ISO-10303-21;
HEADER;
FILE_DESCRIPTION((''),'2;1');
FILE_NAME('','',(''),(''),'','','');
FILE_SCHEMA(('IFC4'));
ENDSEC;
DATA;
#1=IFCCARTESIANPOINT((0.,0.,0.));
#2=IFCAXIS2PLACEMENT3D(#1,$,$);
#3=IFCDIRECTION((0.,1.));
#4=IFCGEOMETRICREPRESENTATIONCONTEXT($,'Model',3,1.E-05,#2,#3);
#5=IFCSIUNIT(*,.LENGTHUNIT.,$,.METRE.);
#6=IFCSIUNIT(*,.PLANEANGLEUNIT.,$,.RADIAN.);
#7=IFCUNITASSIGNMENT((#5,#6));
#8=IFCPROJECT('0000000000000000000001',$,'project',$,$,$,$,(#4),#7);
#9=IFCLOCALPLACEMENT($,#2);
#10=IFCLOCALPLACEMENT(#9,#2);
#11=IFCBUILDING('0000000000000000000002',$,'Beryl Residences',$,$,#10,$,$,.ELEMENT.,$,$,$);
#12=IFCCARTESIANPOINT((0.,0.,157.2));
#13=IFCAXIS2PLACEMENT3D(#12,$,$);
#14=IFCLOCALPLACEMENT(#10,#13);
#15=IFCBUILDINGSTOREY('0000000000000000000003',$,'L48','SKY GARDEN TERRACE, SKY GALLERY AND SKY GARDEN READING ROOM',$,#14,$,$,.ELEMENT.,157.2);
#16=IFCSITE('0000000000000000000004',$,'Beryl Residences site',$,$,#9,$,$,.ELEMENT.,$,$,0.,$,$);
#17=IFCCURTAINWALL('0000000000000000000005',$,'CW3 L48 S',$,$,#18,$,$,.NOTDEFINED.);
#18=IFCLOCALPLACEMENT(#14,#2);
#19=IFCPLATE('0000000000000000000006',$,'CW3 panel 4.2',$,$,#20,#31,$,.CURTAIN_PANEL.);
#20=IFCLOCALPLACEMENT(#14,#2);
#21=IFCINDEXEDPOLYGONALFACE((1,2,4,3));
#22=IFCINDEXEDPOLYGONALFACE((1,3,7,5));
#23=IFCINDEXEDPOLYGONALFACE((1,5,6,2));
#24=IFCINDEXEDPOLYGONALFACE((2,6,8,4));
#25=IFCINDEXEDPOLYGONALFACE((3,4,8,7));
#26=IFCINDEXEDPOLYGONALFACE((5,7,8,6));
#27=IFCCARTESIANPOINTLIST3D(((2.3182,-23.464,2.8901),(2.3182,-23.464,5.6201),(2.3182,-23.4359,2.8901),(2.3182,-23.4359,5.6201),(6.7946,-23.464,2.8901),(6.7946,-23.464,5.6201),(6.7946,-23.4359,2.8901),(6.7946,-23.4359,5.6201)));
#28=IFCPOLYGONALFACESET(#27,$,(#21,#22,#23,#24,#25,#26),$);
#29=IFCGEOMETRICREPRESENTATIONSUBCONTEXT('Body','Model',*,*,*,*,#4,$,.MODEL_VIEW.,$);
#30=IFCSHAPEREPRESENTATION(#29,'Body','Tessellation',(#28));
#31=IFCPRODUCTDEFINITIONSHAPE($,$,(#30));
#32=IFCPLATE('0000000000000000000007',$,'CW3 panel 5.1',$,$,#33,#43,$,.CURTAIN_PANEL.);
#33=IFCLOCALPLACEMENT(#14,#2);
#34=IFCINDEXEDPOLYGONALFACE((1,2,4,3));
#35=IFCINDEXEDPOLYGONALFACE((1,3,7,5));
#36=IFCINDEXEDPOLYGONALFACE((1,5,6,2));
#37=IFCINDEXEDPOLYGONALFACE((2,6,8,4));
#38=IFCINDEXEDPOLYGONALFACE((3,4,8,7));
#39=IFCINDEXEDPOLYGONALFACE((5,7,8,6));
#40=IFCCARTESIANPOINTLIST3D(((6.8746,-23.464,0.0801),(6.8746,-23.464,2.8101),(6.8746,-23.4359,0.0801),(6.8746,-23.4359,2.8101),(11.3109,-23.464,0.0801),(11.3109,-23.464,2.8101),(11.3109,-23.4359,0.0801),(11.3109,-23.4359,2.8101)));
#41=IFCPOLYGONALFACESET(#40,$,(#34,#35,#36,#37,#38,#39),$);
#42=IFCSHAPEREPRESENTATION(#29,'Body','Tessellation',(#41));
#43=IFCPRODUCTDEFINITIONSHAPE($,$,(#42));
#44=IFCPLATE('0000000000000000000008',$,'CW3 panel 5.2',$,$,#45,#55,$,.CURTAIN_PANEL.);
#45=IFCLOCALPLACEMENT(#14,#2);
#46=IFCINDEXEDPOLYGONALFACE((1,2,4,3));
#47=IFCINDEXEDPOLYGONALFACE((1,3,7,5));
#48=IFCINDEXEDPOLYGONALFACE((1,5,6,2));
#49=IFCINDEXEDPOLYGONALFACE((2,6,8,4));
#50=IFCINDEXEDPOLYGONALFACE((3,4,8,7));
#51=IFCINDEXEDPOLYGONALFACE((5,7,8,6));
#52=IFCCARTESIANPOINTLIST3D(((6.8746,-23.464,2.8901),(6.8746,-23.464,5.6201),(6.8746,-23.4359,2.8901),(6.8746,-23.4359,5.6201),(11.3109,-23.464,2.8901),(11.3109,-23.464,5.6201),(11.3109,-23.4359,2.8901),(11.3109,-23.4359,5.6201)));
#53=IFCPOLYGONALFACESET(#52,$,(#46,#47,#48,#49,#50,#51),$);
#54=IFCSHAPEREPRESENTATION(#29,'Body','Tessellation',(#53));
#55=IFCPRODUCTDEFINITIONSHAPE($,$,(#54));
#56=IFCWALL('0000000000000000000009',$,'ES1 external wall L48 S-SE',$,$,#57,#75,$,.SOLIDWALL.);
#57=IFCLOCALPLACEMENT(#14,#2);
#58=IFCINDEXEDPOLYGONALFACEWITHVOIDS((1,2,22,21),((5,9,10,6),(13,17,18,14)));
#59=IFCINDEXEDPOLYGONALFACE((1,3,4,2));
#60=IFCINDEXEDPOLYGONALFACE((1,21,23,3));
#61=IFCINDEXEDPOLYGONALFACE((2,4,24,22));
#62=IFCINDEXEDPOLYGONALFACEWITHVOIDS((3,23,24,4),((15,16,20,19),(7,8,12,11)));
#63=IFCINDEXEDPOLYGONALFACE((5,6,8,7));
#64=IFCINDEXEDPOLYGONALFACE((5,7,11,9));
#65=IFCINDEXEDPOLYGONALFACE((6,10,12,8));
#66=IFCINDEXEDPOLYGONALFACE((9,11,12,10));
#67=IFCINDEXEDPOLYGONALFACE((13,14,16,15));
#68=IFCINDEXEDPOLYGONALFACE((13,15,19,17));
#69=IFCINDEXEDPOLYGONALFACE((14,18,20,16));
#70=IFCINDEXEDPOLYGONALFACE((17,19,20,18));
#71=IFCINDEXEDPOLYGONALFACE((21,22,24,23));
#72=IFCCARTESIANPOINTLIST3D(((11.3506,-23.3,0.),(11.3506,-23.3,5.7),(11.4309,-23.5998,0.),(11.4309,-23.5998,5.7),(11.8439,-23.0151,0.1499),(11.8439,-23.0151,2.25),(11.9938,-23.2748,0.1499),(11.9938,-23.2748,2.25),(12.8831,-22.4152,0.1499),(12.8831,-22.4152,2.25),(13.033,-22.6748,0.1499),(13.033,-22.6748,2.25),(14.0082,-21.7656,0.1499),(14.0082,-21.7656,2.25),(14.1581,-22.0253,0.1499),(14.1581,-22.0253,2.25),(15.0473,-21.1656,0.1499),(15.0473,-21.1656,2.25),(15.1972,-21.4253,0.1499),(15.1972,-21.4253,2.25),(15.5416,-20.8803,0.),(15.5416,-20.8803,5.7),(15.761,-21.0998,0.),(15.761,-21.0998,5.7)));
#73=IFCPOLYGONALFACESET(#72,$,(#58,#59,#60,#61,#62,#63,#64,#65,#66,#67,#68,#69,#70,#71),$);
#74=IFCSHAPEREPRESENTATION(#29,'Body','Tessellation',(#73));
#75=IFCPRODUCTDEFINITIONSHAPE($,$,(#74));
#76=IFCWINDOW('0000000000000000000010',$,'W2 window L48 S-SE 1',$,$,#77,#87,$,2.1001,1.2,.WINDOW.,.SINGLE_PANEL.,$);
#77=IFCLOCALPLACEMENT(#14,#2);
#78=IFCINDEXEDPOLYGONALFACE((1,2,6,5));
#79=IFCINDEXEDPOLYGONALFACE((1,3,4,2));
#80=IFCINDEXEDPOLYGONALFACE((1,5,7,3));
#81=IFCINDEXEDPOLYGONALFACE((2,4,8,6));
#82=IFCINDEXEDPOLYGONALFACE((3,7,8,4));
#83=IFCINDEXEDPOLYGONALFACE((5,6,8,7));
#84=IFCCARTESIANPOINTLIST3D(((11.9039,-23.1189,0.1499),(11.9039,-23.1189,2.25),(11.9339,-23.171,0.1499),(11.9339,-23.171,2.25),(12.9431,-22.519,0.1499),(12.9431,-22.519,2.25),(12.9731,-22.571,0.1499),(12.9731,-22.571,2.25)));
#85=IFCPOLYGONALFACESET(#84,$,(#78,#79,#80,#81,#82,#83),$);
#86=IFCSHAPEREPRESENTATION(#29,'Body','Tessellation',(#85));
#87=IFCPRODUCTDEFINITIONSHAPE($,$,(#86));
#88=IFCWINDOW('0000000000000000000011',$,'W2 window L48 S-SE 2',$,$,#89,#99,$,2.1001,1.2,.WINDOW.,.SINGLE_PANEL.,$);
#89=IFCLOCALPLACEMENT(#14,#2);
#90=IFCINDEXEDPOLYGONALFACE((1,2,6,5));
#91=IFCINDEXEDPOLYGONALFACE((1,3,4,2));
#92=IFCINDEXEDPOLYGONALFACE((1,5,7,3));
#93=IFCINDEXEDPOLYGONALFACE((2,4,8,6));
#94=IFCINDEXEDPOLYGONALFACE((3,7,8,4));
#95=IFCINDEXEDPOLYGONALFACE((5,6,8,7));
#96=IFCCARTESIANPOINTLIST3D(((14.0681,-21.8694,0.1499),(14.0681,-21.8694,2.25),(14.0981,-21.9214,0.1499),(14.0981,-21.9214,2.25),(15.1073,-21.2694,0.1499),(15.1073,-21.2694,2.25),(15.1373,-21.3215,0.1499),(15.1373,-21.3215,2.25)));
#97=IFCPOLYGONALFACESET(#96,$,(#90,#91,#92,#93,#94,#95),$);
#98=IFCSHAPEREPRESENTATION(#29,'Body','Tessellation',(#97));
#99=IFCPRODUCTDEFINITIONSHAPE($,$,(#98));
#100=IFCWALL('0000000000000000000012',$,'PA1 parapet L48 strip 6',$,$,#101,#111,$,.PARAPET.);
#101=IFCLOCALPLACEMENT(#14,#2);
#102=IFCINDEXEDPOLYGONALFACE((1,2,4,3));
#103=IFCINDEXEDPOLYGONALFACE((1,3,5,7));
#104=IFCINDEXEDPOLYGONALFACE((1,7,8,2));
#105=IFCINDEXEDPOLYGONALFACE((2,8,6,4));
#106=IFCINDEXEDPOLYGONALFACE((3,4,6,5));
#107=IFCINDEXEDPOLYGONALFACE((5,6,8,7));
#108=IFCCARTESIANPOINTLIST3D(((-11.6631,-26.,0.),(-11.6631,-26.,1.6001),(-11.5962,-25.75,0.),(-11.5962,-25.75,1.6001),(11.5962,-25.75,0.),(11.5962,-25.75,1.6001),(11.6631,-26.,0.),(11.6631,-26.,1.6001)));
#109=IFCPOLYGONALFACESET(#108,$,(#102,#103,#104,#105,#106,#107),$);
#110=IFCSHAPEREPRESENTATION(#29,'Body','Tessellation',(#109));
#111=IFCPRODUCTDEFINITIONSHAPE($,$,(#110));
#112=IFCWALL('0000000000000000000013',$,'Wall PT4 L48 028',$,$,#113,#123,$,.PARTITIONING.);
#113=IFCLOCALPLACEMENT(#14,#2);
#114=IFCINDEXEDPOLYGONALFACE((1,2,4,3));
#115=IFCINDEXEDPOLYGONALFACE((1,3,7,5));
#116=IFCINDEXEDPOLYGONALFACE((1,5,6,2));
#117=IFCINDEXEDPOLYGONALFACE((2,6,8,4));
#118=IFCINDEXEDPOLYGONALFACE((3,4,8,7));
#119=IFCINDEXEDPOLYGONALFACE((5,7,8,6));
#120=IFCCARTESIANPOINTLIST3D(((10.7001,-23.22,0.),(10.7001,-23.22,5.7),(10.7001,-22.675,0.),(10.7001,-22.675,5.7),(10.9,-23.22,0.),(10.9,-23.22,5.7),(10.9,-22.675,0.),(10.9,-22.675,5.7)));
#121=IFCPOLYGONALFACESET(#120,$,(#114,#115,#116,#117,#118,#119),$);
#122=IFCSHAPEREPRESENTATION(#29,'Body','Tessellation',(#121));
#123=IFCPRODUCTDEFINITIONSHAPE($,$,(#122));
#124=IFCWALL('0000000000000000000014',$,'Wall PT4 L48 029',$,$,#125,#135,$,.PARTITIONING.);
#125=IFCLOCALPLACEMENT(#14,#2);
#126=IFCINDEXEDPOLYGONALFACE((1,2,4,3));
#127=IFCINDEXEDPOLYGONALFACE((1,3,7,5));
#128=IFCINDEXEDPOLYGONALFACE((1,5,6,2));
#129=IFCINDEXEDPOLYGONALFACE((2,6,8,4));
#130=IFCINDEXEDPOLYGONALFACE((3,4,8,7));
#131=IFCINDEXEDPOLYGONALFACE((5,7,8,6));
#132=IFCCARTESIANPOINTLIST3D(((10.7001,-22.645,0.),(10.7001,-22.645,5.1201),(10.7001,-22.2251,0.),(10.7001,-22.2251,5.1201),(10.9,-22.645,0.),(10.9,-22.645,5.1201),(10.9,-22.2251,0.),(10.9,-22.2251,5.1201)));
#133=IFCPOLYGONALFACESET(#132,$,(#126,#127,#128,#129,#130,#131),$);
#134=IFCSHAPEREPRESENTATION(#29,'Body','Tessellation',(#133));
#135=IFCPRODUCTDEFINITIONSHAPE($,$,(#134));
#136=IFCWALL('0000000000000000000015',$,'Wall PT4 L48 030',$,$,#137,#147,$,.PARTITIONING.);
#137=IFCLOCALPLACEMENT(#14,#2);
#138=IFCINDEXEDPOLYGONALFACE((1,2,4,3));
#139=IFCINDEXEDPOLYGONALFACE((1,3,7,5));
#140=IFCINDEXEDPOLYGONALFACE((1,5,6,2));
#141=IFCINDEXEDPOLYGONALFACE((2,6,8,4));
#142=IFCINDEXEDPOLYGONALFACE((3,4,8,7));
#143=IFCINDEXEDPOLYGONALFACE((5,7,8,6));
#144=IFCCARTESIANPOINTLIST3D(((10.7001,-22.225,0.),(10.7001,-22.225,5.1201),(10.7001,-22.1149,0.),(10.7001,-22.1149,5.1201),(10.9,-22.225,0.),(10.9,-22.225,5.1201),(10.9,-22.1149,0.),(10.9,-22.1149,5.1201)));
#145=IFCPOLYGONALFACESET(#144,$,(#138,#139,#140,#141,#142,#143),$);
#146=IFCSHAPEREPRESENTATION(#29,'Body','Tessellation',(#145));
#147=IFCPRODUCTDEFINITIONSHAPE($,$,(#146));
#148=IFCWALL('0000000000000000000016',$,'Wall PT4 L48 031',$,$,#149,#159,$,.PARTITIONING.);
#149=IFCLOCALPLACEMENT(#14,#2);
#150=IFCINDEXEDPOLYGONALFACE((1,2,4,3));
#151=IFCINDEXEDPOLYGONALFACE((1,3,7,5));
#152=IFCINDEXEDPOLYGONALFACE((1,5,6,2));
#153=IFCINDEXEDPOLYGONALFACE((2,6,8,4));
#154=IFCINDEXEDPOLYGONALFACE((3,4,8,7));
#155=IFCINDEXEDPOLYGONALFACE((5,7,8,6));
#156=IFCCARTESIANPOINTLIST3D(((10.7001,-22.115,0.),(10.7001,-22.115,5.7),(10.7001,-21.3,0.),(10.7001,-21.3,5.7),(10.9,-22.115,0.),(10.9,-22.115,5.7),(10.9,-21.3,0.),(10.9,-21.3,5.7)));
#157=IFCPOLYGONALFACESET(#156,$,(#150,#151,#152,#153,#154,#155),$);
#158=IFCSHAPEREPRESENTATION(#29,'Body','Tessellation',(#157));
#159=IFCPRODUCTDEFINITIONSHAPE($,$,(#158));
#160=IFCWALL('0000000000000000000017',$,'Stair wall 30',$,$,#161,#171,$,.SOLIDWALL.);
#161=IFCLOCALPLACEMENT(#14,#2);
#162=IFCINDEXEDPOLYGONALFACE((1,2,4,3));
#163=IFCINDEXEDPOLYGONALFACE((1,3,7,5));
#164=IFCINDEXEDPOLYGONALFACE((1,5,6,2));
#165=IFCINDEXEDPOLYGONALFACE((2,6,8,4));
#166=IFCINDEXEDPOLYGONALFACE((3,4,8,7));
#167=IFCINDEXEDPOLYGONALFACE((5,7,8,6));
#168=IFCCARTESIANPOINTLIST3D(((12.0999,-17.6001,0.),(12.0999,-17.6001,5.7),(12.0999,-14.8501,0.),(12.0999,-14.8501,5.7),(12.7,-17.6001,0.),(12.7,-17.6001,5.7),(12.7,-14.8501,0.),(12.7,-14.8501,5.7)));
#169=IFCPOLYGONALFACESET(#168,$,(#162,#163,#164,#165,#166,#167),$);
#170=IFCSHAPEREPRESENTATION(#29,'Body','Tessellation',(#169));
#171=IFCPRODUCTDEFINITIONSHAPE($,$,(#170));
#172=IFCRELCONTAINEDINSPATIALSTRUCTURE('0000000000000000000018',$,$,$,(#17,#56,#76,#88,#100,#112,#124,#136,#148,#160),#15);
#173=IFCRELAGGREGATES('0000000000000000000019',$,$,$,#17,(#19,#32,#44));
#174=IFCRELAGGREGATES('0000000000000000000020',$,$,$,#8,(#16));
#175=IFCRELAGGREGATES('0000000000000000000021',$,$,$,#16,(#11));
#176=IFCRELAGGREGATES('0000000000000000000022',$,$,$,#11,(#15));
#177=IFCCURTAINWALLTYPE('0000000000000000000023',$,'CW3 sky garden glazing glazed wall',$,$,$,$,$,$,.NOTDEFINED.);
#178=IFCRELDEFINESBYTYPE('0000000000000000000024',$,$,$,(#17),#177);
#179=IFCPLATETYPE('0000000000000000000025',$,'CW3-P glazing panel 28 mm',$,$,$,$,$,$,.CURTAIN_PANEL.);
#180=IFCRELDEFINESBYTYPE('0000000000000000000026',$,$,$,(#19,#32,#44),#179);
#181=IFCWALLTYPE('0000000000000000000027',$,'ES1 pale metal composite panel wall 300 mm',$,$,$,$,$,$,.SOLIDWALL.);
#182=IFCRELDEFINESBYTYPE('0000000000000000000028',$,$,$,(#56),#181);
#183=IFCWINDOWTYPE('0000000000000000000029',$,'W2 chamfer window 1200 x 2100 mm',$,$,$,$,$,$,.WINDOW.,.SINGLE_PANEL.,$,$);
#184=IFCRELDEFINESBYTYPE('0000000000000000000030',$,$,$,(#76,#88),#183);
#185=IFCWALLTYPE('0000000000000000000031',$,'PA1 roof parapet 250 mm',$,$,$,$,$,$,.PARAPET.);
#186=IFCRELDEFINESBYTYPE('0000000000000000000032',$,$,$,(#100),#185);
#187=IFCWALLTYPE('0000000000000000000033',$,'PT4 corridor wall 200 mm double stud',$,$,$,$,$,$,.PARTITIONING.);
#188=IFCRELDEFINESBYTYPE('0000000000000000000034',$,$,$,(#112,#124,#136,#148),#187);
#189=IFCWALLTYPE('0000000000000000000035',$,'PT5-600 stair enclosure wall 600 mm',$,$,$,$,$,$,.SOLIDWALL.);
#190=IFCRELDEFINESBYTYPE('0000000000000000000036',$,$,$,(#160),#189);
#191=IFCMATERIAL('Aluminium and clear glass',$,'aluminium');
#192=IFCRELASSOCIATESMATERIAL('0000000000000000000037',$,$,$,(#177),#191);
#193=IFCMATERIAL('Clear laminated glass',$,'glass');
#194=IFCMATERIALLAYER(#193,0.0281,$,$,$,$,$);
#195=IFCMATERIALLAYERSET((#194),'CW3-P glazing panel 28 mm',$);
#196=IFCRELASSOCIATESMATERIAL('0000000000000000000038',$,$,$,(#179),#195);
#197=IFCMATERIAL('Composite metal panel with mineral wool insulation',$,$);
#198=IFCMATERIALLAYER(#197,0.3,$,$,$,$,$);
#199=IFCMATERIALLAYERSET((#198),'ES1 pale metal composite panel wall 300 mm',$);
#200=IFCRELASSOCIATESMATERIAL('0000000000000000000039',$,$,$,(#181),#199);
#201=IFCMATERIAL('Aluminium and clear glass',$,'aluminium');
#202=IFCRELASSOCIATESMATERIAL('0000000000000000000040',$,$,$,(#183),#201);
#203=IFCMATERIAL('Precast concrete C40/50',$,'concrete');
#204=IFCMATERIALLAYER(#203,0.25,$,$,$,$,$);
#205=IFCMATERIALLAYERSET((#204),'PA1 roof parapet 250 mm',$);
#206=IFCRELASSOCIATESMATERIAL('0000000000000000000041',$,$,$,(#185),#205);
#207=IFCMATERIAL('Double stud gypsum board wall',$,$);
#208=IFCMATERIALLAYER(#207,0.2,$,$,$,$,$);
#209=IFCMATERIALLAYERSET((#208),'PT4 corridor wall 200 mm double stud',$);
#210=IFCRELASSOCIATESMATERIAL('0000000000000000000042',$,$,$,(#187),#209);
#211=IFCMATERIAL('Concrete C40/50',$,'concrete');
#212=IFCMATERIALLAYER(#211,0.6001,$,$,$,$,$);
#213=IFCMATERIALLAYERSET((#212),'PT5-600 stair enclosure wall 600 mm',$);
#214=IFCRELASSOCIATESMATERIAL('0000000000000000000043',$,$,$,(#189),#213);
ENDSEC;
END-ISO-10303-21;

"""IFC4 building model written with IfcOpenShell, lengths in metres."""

from ifc_helpers import new_model, si_unit, direction, frame, frame_2d, origin, origin_2d, place, context, subcontext, project, spatial, polyline, rectangle, outline, extrude, material, layer, layer_set, type_object, element, fill, aggregate, save


model = new_model("IFC4")

# Units and contexts
model_context = context("Model", 3, precision=1e-05, world=origin(), true_north=direction((0.0, 1.0)))
body_context = subcontext(model_context, "Body", "Model", "MODEL_VIEW")
ifc_project = project(units=[si_unit("LENGTHUNIT", "METRE"), si_unit("PLANEANGLEUNIT", "RADIAN")], contexts=[model_context])

# Site, building, storey
site_placement = place(None, origin())
site = spatial("IfcSite", under=ifc_project, at=site_placement, Name="Beryl Residences site", CompositionType="ELEMENT", RefElevation=0.0)
building_placement = place(site_placement, origin())
building = spatial("IfcBuilding", under=site, at=building_placement, Name="Beryl Residences", CompositionType="ELEMENT")
storey_placement = place(building_placement, frame((0.0, 0.0, 157.2)))
storey = spatial("IfcBuildingStorey", under=building, at=storey_placement, Name="L48", Description="SKY GARDEN TERRACE, SKY GALLERY AND SKY GARDEN READING ROOM", CompositionType="ELEMENT", Elevation=157.2)

# Curtain wall, plates
ifc_material_1 = material(Name="Aluminium and clear glass", Category="aluminium")
curtain_wall_type = type_object("IfcCurtainWallType", Name="CW3 sky garden glazing glazed wall", PredefinedType="NOTDEFINED", material=ifc_material_1)
curtain_wall_placement = place(storey_placement, origin())
curtain_wall = element("IfcCurtainWall", 1, at=curtain_wall_placement, inside=storey, type_object=curtain_wall_type, Name="CW3 L48 S", PredefinedType="NOTDEFINED")
ifc_material_2 = material(Name="Clear laminated glass", Category="glass")
ifc_layer_1 = layer(ifc_material_2, 0.0281)
ifc_layer_set_1 = layer_set([ifc_layer_1], Name="CW3-P glazing panel 28 mm")
plate_type = type_object("IfcPlateType", Name="CW3-P glazing panel 28 mm", PredefinedType="CURTAIN_PANEL", material=ifc_layer_set_1)
plate_1_placement = place(storey_placement, frame((4.5564, -23.45, 2.8901), z_axis=(0.0, 0.0, 1.0), x_axis=(1.0, 0.0, 0.0)))
plate_1 = element("IfcPlate", 2, at=plate_1_placement, type_object=plate_type, Name="CW3 panel 4.2", PredefinedType="CURTAIN_PANEL", context=body_context, shape_type="SweptSolid", body=[
    extrude(rectangle(XDim=4.4763, YDim=0.0281, at=origin_2d()), origin(), (0.0, 0.0, 1.0), 2.73),
])
plate_2_placement = place(storey_placement, frame((9.0928, -23.45, 0.0801), z_axis=(0.0, 0.0, 1.0), x_axis=(1.0, 0.0, 0.0)))
plate_2 = element("IfcPlate", 3, at=plate_2_placement, type_object=plate_type, Name="CW3 panel 5.1", PredefinedType="CURTAIN_PANEL", context=body_context, shape_type="SweptSolid", body=[
    extrude(rectangle(XDim=4.4363, YDim=0.0281, at=origin_2d()), origin(), (0.0, 0.0, 1.0), 2.73),
])
plate_3_placement = place(storey_placement, frame((9.0928, -23.45, 2.8901), z_axis=(0.0, 0.0, 1.0), x_axis=(1.0, 0.0, 0.0)))
plate_3 = element("IfcPlate", 4, at=plate_3_placement, type_object=plate_type, Name="CW3 panel 5.2", PredefinedType="CURTAIN_PANEL", context=body_context, shape_type="SweptSolid", body=[
    extrude(rectangle(XDim=4.4363, YDim=0.0281, at=origin_2d()), origin(), (0.0, 0.0, 1.0), 2.73),
])
aggregate(curtain_wall, [plate_1, plate_2, plate_3])

# Wall, openings, windows
ifc_material_3 = material(Name="Composite metal panel with mineral wool insulation")
ifc_layer_2 = layer(ifc_material_3, 0.3)
ifc_layer_set_2 = layer_set([ifc_layer_2], Name="ES1 pale metal composite panel wall 300 mm")
wall_type_1 = type_object("IfcWallType", Name="ES1 pale metal composite panel wall 300 mm", PredefinedType="SOLIDWALL", material=ifc_layer_set_2)
wall_1_placement = place(storey_placement, frame((11.356, -23.47, 0.0), z_axis=(0.0, 0.0, 1.0), x_axis=(0.866023, 0.500004, 0.0)))
wall_1 = element("IfcWall", 5, at=wall_1_placement, inside=storey, type_object=wall_type_1, Name="ES1 external wall L48 S-SE", PredefinedType="SOLIDWALL", context=body_context, shape_type="SweptSolid", body=[
    extrude(outline(polyline([(0.0, -0.1499), (5.0, -0.1499), (4.9197, 0.1499), (0.0803, 0.1499), (0.0, -0.1499)])), origin(), (0.0, 0.0, 1.0), 5.7),
])
opening_1_placement = place(wall_1_placement, frame((0.6499, 0.0, 0.1499)))
opening_1 = element("IfcOpeningElement", 6, at=opening_1_placement, cuts=wall_1, PredefinedType="OPENING", context=body_context, shape_type="SweptSolid", body=[
    extrude(rectangle(XDim=1.2, YDim=2.1001, at=frame_2d((0.6001, 1.05))), frame((0.0, 0.1599, 0.0), z_axis=(0.0, -1.0, 0.0), x_axis=(1.0, 0.0, 0.0)), (0.0, 0.0, 1.0), 0.3201),
])
opening_2_placement = place(wall_1_placement, frame((3.1489, 0.0, 0.1499)))
opening_2 = element("IfcOpeningElement", 7, at=opening_2_placement, cuts=wall_1, PredefinedType="OPENING", context=body_context, shape_type="SweptSolid", body=[
    extrude(rectangle(XDim=1.2, YDim=2.1001, at=frame_2d((0.6001, 1.05))), frame((0.0, 0.1599, 0.0), z_axis=(0.0, -1.0, 0.0), x_axis=(1.0, 0.0, 0.0)), (0.0, 0.0, 1.0), 0.3201),
])
ifc_material_4 = material(Name="Aluminium and clear glass", Category="aluminium")
window_type = type_object("IfcWindowType", Name="W2 chamfer window 1200 x 2100 mm", PartitioningType="SINGLE_PANEL", PredefinedType="WINDOW", material=ifc_material_4)
window_1_placement = place(opening_1_placement, origin())
window_1 = element("IfcWindow", 8, at=window_1_placement, inside=storey, type_object=window_type, Name="W2 window L48 S-SE 1", OverallHeight=2.1001, OverallWidth=1.2, PartitioningType="SINGLE_PANEL", PredefinedType="WINDOW", context=body_context, shape_type="SweptSolid", body=[
    extrude(rectangle(XDim=1.2, YDim=2.1001, at=frame_2d((0.6001, 1.05))), frame((0.0, 0.03, 0.0), z_axis=(0.0, -1.0, 0.0), x_axis=(1.0, 0.0, 0.0)), (0.0, 0.0, 1.0), 0.0601),
])
fill(opening_1, window_1)
window_2_placement = place(opening_2_placement, origin())
window_2 = element("IfcWindow", 9, at=window_2_placement, inside=storey, type_object=window_type, Name="W2 window L48 S-SE 2", OverallHeight=2.1001, OverallWidth=1.2, PartitioningType="SINGLE_PANEL", PredefinedType="WINDOW", context=body_context, shape_type="SweptSolid", body=[
    extrude(rectangle(XDim=1.2, YDim=2.1001, at=frame_2d((0.6001, 1.05))), frame((0.0, 0.03, 0.0), z_axis=(0.0, -1.0, 0.0), x_axis=(1.0, 0.0, 0.0)), (0.0, 0.0, 1.0), 0.0601),
])
fill(opening_2, window_2)

# Walls
ifc_material_5 = material(Name="Precast concrete C40/50", Category="concrete")
ifc_layer_3 = layer(ifc_material_5, 0.25)
ifc_layer_set_3 = layer_set([ifc_layer_3], Name="PA1 roof parapet 250 mm")
wall_type_2 = type_object("IfcWallType", Name="PA1 roof parapet 250 mm", PredefinedType="PARAPET", material=ifc_layer_set_3)
wall_2_placement = place(storey_placement, frame((11.6631, -25.875, 0.0), z_axis=(0.0, 0.0, 1.0), x_axis=(-1.0, 0.0, 0.0)))
element("IfcWall", 10, at=wall_2_placement, inside=storey, type_object=wall_type_2, Name="PA1 parapet L48 strip 6", PredefinedType="PARAPET", context=body_context, shape_type="SweptSolid", body=[
    extrude(outline(polyline([(0.0669, -0.125), (23.2593, -0.125), (23.3262, 0.125), (0.0, 0.125), (0.0669, -0.125)])), origin(), (0.0, 0.0, 1.0), 1.6001),
])
ifc_material_6 = material(Name="Double stud gypsum board wall")
ifc_layer_4 = layer(ifc_material_6, 0.2)
ifc_layer_set_4 = layer_set([ifc_layer_4], Name="PT4 corridor wall 200 mm double stud")
wall_type_3 = type_object("IfcWallType", Name="PT4 corridor wall 200 mm double stud", PredefinedType="PARTITIONING", material=ifc_layer_set_4)
wall_3_placement = place(storey_placement, frame((10.8, -23.22, 0.0), z_axis=(0.0, 0.0, 1.0), x_axis=(0.0, 1.0, 0.0)))
element("IfcWall", 11, at=wall_3_placement, inside=storey, type_object=wall_type_3, Name="Wall PT4 L48 028", PredefinedType="PARTITIONING", context=body_context, shape_type="SweptSolid", body=[
    extrude(rectangle(XDim=0.5449, YDim=0.2, at=frame_2d((0.2725, 0.0))), origin(), (0.0, 0.0, 1.0), 5.7),
])
wall_4_placement = place(storey_placement, frame((10.8, -22.645, 0.0), z_axis=(0.0, 0.0, 1.0), x_axis=(0.0, 1.0, 0.0)))
element("IfcWall", 12, at=wall_4_placement, inside=storey, type_object=wall_type_3, Name="Wall PT4 L48 029", PredefinedType="PARTITIONING", context=body_context, shape_type="SweptSolid", body=[
    extrude(rectangle(XDim=0.4199, YDim=0.2, at=frame_2d((0.21, 0.0))), origin(), (0.0, 0.0, 1.0), 5.1201),
])
wall_5_placement = place(storey_placement, frame((10.8, -22.2251, 0.0), z_axis=(0.0, 0.0, 1.0), x_axis=(0.0, 1.0, 0.0)))
element("IfcWall", 13, at=wall_5_placement, inside=storey, type_object=wall_type_3, Name="Wall PT4 L48 030", PredefinedType="PARTITIONING", context=body_context, shape_type="SweptSolid", body=[
    extrude(rectangle(XDim=0.1101, YDim=0.2, at=frame_2d((0.0552, 0.0))), origin(), (0.0, 0.0, 1.0), 5.1201),
])
wall_6_placement = place(storey_placement, frame((10.8, -22.115, 0.0), z_axis=(0.0, 0.0, 1.0), x_axis=(0.0, 1.0, 0.0)))
element("IfcWall", 14, at=wall_6_placement, inside=storey, type_object=wall_type_3, Name="Wall PT4 L48 031", PredefinedType="PARTITIONING", context=body_context, shape_type="SweptSolid", body=[
    extrude(rectangle(XDim=0.8149, YDim=0.2, at=frame_2d((0.4075, 0.0))), origin(), (0.0, 0.0, 1.0), 5.7),
])
ifc_material_7 = material(Name="Concrete C40/50", Category="concrete")
ifc_layer_5 = layer(ifc_material_7, 0.6001)
ifc_layer_set_5 = layer_set([ifc_layer_5], Name="PT5-600 stair enclosure wall 600 mm")
wall_type_4 = type_object("IfcWallType", Name="PT5-600 stair enclosure wall 600 mm", PredefinedType="SOLIDWALL", material=ifc_layer_set_5)
wall_7_placement = place(storey_placement, frame((12.3999, -17.6001, 0.0), z_axis=(0.0, 0.0, 1.0), x_axis=(0.0, 1.0, 0.0)))
element("IfcWall", 15, at=wall_7_placement, inside=storey, type_object=wall_type_4, Name="Stair wall 30", PredefinedType="SOLIDWALL", context=body_context, shape_type="SweptSolid", body=[
    extrude(rectangle(XDim=2.75, YDim=0.6001, at=frame_2d((1.375, 0.0))), origin(), (0.0, 0.0, 1.0), 5.7),
])

save(model, "model.ifc")
